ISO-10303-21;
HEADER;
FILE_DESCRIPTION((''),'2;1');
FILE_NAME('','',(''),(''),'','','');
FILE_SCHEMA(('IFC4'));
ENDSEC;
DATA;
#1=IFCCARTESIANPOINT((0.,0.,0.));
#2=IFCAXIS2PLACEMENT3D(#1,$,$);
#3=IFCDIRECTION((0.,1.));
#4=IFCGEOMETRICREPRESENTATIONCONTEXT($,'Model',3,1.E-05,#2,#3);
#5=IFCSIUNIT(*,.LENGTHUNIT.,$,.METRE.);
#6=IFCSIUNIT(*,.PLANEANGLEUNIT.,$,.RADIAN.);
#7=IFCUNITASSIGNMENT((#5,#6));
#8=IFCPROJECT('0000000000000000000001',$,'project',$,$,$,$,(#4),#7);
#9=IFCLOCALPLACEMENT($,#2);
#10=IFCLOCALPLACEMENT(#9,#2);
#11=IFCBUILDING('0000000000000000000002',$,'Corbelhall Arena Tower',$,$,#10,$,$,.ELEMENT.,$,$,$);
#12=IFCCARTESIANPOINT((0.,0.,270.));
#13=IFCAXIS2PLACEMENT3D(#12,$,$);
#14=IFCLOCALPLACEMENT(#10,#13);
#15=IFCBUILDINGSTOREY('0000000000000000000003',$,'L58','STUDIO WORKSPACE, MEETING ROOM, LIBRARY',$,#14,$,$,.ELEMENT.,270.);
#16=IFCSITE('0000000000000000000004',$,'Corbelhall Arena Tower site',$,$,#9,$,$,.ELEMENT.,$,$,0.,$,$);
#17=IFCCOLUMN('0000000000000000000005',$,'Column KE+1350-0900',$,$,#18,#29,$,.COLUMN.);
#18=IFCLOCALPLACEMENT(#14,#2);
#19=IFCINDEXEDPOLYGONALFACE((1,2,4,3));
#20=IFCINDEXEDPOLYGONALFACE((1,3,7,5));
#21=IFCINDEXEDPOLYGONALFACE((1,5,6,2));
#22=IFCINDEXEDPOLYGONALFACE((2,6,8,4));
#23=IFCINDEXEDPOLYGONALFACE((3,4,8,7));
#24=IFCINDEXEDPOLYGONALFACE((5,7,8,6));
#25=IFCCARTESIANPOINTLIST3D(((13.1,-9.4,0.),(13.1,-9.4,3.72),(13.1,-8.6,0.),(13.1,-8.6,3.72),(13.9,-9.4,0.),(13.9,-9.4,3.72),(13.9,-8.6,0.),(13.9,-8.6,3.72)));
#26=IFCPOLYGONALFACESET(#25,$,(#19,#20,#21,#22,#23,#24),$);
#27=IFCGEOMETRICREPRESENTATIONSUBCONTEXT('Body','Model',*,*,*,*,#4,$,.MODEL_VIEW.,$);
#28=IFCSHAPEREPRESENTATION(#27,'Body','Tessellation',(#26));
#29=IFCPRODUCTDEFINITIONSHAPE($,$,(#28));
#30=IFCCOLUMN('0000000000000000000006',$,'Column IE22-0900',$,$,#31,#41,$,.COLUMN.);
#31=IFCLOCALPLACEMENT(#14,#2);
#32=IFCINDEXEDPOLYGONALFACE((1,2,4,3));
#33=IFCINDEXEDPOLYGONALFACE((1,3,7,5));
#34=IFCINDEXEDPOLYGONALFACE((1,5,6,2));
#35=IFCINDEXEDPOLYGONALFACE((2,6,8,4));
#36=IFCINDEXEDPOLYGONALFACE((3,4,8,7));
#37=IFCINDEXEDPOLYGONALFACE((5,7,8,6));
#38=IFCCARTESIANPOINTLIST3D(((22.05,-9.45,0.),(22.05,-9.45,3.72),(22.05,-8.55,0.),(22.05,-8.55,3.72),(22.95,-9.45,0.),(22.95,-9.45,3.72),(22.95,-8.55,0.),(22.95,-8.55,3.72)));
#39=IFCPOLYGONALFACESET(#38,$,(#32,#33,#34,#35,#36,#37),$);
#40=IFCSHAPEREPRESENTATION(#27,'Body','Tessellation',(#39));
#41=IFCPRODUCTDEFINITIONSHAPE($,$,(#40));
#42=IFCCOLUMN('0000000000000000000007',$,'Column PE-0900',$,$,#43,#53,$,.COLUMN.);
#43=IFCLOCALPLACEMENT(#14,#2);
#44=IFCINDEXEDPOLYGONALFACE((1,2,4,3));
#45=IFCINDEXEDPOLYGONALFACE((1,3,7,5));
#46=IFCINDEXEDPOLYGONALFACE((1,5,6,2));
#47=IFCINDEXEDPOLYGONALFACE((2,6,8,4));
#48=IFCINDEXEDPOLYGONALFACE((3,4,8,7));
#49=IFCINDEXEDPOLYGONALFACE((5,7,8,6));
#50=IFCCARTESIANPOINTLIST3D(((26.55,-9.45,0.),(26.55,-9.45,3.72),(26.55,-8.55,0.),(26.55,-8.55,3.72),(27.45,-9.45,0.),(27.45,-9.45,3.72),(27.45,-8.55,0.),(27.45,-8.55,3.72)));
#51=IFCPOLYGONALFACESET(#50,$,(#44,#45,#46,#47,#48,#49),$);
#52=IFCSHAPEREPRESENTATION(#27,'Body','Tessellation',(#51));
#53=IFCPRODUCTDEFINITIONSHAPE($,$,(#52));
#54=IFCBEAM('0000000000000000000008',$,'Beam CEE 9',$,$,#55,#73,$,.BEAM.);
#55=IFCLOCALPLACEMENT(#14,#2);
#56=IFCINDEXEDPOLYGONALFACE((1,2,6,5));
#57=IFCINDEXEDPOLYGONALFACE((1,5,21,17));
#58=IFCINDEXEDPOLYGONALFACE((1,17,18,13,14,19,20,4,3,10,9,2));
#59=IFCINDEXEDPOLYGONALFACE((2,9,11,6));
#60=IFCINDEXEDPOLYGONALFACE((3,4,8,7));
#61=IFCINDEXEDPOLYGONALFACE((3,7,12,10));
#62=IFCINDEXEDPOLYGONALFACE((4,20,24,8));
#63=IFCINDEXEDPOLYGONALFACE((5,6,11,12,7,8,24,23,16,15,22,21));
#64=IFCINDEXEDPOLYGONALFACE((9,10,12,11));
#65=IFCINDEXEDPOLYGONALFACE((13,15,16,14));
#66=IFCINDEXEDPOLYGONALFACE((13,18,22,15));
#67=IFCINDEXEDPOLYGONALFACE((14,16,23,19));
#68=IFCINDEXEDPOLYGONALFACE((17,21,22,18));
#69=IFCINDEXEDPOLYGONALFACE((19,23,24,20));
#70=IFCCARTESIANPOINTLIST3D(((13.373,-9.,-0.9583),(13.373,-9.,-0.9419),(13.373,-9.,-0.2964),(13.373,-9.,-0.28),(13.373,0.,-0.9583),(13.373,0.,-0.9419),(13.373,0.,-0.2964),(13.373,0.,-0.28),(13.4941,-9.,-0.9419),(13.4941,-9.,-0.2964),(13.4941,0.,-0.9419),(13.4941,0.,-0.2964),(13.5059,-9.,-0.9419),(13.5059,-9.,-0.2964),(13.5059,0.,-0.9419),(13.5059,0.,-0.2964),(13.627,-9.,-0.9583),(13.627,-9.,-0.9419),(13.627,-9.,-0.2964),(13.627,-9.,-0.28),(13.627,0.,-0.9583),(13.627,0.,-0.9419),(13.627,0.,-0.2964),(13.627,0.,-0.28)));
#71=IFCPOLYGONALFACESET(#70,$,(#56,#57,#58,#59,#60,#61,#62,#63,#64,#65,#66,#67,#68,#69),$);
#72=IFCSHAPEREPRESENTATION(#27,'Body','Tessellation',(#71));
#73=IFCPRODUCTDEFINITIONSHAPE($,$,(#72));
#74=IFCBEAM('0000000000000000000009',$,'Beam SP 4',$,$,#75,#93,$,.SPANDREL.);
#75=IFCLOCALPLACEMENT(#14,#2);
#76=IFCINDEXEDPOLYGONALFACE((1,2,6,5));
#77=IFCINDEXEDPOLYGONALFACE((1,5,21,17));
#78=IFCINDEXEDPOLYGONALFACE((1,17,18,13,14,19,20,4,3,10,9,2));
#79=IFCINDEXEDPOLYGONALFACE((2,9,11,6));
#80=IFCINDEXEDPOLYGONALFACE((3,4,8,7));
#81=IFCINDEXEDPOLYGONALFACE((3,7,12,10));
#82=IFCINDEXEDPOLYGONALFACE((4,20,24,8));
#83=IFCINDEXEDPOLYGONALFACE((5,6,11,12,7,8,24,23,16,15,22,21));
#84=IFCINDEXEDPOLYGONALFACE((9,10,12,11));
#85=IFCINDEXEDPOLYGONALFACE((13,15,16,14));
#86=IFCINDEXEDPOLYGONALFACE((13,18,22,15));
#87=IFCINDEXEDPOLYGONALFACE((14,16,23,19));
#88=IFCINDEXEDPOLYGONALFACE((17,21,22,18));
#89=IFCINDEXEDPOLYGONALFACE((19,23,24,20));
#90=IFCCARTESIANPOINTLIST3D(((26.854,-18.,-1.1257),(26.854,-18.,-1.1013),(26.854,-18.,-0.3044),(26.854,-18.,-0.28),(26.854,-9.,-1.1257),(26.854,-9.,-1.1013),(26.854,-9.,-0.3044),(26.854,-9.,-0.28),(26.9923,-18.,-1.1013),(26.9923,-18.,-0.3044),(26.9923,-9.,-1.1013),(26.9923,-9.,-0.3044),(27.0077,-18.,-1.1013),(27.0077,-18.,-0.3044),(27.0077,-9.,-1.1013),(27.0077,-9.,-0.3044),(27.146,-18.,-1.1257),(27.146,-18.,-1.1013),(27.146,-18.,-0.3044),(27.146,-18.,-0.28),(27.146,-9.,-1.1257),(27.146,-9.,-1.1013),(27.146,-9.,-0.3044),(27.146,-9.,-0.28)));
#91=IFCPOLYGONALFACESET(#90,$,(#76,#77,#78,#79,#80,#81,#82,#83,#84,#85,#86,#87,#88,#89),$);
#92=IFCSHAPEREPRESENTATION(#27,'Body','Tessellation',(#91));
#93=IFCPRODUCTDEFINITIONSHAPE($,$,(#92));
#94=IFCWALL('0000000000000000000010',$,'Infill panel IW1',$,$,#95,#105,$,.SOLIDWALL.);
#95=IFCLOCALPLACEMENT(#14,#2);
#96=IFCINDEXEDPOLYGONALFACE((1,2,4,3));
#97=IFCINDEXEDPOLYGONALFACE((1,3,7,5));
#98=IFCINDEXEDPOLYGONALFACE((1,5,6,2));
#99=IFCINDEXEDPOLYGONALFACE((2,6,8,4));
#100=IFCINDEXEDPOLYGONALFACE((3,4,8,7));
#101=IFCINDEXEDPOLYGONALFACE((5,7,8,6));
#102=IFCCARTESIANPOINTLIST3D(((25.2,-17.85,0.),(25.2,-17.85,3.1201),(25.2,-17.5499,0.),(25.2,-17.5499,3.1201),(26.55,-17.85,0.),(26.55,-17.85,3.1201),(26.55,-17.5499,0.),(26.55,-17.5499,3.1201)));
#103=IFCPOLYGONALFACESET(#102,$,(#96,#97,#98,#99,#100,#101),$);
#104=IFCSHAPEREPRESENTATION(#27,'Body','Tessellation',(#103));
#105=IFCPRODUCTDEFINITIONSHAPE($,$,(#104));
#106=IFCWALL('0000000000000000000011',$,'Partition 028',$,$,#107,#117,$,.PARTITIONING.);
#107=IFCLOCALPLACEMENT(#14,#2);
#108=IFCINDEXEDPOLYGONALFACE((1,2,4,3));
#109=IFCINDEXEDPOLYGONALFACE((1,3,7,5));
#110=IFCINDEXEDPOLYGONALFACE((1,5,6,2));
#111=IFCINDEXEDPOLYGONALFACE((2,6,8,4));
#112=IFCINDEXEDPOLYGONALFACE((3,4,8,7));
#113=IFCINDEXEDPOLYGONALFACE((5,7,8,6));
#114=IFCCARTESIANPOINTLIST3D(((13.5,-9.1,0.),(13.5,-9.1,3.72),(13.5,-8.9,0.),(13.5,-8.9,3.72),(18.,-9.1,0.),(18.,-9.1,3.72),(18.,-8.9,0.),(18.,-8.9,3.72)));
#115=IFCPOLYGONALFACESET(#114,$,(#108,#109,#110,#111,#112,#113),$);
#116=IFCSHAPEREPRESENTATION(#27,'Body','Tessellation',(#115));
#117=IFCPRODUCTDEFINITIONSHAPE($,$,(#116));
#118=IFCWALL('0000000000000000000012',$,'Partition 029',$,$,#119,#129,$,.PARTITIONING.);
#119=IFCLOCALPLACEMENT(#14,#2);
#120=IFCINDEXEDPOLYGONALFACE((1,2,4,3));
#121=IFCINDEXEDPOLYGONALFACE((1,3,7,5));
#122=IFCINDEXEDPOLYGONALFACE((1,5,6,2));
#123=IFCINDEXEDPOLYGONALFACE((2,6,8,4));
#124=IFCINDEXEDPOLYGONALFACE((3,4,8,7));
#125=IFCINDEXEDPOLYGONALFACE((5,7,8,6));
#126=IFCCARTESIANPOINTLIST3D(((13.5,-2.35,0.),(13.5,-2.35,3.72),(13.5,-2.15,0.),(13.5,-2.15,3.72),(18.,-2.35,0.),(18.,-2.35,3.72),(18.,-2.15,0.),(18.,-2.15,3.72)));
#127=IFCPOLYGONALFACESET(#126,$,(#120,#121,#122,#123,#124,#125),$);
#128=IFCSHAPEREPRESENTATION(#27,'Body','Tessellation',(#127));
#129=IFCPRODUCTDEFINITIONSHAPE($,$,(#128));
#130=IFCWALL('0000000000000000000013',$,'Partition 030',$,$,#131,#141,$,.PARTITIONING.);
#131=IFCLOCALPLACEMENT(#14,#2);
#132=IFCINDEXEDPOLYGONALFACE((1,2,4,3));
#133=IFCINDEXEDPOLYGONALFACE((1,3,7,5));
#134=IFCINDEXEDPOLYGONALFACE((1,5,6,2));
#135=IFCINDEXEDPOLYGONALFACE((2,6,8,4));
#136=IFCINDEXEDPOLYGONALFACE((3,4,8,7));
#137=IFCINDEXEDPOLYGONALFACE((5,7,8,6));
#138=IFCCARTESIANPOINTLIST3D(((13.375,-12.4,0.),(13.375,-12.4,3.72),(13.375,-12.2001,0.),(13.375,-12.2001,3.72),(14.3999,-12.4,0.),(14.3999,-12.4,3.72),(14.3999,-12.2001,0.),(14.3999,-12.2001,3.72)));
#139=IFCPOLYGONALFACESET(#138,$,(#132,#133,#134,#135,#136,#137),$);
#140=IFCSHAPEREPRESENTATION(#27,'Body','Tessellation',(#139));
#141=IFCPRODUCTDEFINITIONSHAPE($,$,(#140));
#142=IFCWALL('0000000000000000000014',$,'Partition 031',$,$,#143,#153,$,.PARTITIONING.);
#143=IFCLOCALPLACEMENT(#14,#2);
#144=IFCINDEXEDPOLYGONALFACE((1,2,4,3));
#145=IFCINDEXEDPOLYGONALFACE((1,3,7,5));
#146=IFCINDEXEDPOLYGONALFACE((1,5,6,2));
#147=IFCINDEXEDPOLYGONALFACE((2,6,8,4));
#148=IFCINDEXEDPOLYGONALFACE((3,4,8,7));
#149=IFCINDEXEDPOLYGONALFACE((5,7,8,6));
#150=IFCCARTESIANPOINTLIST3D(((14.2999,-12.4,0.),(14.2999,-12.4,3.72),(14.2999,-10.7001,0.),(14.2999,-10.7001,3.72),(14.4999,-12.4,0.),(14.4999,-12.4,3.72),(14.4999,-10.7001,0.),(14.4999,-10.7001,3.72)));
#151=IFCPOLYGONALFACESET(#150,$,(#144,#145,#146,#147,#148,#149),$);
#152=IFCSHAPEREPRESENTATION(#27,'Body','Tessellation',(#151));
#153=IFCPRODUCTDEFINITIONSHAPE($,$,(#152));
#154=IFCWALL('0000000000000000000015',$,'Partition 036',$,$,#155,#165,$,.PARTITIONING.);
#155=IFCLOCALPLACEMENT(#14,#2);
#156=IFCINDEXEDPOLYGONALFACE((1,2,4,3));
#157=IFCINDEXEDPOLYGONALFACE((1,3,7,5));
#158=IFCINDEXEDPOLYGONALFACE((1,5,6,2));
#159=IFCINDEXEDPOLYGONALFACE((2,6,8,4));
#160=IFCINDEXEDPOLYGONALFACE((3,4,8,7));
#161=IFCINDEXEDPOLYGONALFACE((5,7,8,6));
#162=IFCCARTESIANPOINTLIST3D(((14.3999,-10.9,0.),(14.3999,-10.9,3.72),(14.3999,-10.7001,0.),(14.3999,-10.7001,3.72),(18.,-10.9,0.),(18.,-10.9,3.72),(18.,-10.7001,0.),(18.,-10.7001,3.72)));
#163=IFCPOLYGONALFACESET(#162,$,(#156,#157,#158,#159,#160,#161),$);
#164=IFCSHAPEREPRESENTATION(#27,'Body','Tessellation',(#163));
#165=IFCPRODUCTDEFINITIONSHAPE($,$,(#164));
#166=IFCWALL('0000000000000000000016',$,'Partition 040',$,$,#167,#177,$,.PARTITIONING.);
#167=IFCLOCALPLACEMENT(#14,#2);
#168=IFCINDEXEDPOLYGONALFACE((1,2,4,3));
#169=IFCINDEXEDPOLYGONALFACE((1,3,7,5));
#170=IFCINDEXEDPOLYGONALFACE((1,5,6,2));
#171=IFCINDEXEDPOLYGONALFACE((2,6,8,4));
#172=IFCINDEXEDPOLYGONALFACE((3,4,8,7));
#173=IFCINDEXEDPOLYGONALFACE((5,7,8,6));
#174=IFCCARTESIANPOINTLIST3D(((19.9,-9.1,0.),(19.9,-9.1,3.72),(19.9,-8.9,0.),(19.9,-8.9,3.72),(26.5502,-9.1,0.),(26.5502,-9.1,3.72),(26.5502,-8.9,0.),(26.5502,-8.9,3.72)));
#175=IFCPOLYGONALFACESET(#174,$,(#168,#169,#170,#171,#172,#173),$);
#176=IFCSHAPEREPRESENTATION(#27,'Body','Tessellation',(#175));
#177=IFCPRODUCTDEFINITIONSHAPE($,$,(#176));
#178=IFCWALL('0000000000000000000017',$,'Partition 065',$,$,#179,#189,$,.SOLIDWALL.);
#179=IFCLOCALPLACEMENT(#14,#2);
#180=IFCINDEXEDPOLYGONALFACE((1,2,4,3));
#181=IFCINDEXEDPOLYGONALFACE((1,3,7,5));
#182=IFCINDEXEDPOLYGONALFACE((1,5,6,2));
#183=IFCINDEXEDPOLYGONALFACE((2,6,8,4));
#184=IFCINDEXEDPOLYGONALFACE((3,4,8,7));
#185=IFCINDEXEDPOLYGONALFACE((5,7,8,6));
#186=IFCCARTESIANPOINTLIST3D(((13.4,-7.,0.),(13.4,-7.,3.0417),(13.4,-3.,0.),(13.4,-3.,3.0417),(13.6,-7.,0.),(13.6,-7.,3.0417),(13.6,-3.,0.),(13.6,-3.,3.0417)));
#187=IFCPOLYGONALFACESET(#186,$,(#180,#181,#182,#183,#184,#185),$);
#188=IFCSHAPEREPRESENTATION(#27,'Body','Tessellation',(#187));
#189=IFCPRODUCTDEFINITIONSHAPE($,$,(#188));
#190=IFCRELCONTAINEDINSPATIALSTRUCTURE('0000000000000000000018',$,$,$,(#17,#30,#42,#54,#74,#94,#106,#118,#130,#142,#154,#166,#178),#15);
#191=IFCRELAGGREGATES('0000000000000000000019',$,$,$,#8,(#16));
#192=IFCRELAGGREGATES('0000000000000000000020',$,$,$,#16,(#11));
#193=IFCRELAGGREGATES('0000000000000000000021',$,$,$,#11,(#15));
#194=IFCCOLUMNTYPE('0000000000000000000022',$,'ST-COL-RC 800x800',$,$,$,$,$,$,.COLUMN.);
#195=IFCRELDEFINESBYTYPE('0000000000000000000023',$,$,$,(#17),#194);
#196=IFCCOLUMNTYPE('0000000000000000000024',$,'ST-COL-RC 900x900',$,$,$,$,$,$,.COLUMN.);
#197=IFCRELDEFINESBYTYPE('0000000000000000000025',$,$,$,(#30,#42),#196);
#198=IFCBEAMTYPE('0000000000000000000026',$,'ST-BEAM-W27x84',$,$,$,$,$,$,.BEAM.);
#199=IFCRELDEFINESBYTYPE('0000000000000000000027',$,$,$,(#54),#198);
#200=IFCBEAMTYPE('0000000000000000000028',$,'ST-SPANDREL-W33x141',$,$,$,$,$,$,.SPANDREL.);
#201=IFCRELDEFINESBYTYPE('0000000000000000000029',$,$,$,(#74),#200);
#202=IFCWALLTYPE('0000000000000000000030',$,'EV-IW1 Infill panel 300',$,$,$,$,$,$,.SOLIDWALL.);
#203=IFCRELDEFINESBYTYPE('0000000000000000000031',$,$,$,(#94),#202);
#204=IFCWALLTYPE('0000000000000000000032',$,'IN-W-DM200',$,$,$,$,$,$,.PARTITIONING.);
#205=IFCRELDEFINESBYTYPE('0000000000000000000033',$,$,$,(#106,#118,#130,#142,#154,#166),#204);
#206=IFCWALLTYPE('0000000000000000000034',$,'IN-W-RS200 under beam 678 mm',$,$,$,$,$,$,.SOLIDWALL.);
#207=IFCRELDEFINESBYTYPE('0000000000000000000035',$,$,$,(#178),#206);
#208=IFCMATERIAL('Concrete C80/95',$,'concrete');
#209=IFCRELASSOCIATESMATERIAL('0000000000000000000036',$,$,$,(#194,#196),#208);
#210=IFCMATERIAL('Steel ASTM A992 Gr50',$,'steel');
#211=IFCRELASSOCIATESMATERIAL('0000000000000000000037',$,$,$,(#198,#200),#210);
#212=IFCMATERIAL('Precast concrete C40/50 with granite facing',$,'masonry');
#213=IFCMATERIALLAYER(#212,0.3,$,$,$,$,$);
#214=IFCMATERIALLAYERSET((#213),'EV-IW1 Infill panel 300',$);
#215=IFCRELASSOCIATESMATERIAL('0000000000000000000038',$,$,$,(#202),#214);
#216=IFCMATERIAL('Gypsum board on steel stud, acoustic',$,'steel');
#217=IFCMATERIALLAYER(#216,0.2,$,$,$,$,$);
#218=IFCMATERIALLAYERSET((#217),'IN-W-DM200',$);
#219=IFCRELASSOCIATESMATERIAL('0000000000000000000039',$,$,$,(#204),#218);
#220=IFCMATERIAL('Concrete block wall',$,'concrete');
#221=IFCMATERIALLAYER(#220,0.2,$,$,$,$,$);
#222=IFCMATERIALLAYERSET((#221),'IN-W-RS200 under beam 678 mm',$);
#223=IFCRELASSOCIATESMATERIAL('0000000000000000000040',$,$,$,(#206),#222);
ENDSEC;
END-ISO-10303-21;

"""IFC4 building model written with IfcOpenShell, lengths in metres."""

from ifc_helpers import new_model, si_unit, direction, frame, frame_2d, origin, origin_2d, place, context, subcontext, project, spatial, rectangle, i_section, extrude, material, layer, layer_set, material_profile, profile_set, type_object, element, save


model = new_model("IFC4")

# Units and contexts
model_context = context("Model", 3, precision=1e-05, world=origin(), true_north=direction((0.0, 1.0)))
body_context = subcontext(model_context, "Body", "Model", "MODEL_VIEW")
ifc_project = project(units=[si_unit("LENGTHUNIT", "METRE"), si_unit("PLANEANGLEUNIT", "RADIAN")], contexts=[model_context])

# Site, building, storey
site_placement = place(None, origin())
site = spatial("IfcSite", under=ifc_project, at=site_placement, Name="Corbelhall Arena Tower site", CompositionType="ELEMENT", RefElevation=0.0)
building_placement = place(site_placement, origin())
building = spatial("IfcBuilding", under=site, at=building_placement, Name="Corbelhall Arena Tower", CompositionType="ELEMENT")
storey_placement = place(building_placement, frame((0.0, 0.0, 270.0)))
storey = spatial("IfcBuildingStorey", under=building, at=storey_placement, Name="L58", Description="STUDIO WORKSPACE, MEETING ROOM, LIBRARY", CompositionType="ELEMENT", Elevation=270.0)

# Columns
ifc_material_1 = material(Name="Concrete C80/95", Category="concrete")
ifc_material_profile_1 = material_profile(ifc_material_1, rectangle(XDim=0.8, YDim=0.8, at=origin_2d()))
ifc_profile_set_1 = profile_set([ifc_material_profile_1], Name="Concrete C80/95")
column_type_1 = type_object("IfcColumnType", Name="ST-COL-RC 800x800", PredefinedType="COLUMN", material=ifc_profile_set_1)
column_placement = place(storey_placement, frame((13.5, -9.0, 0.0), z_axis=(0.0, 0.0, 1.0), x_axis=(1.0, 0.0, 0.0)))
element("IfcColumn", 1, at=column_placement, inside=storey, type_object=column_type_1, Name="Column KE+1350-0900", PredefinedType="COLUMN", context=body_context, shape_type="SweptSolid", body=[
    extrude(rectangle(XDim=0.8, YDim=0.8, at=origin_2d()), origin(), (0.0, 0.0, 1.0), 3.72),
])
ifc_material_profile_2 = material_profile(ifc_material_1, rectangle(XDim=0.8999, YDim=0.8999, at=origin_2d()))
ifc_profile_set_2 = profile_set([ifc_material_profile_2], Name="Concrete C80/95")
column_type_2 = type_object("IfcColumnType", Name="ST-COL-RC 900x900", PredefinedType="COLUMN", material=ifc_profile_set_2)
for number, where, z_axis, x_axis, name in (
    (2, (22.5, -9.0, 0.0), (0.0, 0.0, 1.0), (1.0, 0.0, 0.0), "Column IE22-0900"),
    (3, (27.0, -9.0, 0.0), (0.0, 0.0, 1.0), (0.0, 1.0, 0.0), "Column PE-0900"),
):
    element("IfcColumn", number, at=place(storey_placement, frame(where, z_axis=z_axis, x_axis=x_axis)), inside=storey, type_object=column_type_2, Name=name, PredefinedType="COLUMN", context=body_context, shape_type="SweptSolid", body=[
        extrude(rectangle(XDim=0.8999, YDim=0.8999, at=origin_2d()), origin(), (0.0, 0.0, 1.0), 3.72),
    ])

# Beams
ifc_material_2 = material(Name="Steel ASTM A992 Gr50", Category="steel")
ifc_material_profile_3 = material_profile(ifc_material_2, i_section(OverallWidth=0.2539, OverallDepth=0.6782, WebThickness=0.0117, FlangeThickness=0.0164, at=origin_2d()))
ifc_profile_set_3 = profile_set([ifc_material_profile_3], Name="Steel ASTM A992 Gr50")
beam_type_1 = type_object("IfcBeamType", Name="ST-BEAM-W27x84", PredefinedType="BEAM", material=ifc_profile_set_3)
beam_1_placement = place(storey_placement, frame((13.5, -9.0, -0.6191), z_axis=(0.0, 1.0, 0.0), x_axis=(-1.0, 0.0, 0.0)))
element("IfcBeam", 4, at=beam_1_placement, inside=storey, type_object=beam_type_1, Name="Beam CEE 9", PredefinedType="BEAM", context=body_context, shape_type="SweptSolid", body=[
    extrude(i_section(OverallWidth=0.2539, OverallDepth=0.6782, WebThickness=0.0117, FlangeThickness=0.0164, at=origin_2d()), origin(), (0.0, 0.0, 1.0), 9.0),
])
ifc_material_profile_4 = material_profile(ifc_material_2, i_section(OverallWidth=0.292, OverallDepth=0.8457, WebThickness=0.0154, FlangeThickness=0.0244, at=origin_2d()))
ifc_profile_set_4 = profile_set([ifc_material_profile_4], Name="Steel ASTM A992 Gr50")
beam_type_2 = type_object("IfcBeamType", Name="ST-SPANDREL-W33x141", PredefinedType="SPANDREL", material=ifc_profile_set_4)
beam_2_placement = place(storey_placement, frame((27.0, -9.0, -0.7029), z_axis=(0.0, -1.0, 0.0), x_axis=(1.0, 0.0, 0.0)))
element("IfcBeam", 5, at=beam_2_placement, inside=storey, type_object=beam_type_2, Name="Beam SP 4", PredefinedType="SPANDREL", context=body_context, shape_type="SweptSolid", body=[
    extrude(i_section(OverallWidth=0.292, OverallDepth=0.8457, WebThickness=0.0154, FlangeThickness=0.0244, at=origin_2d()), origin(), (0.0, 0.0, 1.0), 9.0),
])

# Wall
ifc_material_3 = material(Name="Precast concrete C40/50 with granite facing", Category="masonry")
ifc_layer_1 = layer(ifc_material_3, 0.3)
ifc_layer_set_1 = layer_set([ifc_layer_1], Name="EV-IW1 Infill panel 300")
wall_type_1 = type_object("IfcWallType", Name="EV-IW1 Infill panel 300", PredefinedType="SOLIDWALL", material=ifc_layer_set_1)
wall_1_placement = place(storey_placement, frame((25.2, -17.7, 0.0), z_axis=(0.0, 0.0, 1.0), x_axis=(1.0, 0.0, 0.0)))
element("IfcWall", 6, at=wall_1_placement, inside=storey, type_object=wall_type_1, Name="Infill panel IW1", PredefinedType="SOLIDWALL", context=body_context, shape_type="SweptSolid", body=[
    extrude(rectangle(XDim=1.3501, YDim=0.3, at=frame_2d((0.675, 0.0))), origin(), (0.0, 0.0, 1.0), 3.1201),
])

# Walls
ifc_material_4 = material(Name="Gypsum board on steel stud, acoustic", Category="steel")
ifc_layer_2 = layer(ifc_material_4, 0.2)
ifc_layer_set_2 = layer_set([ifc_layer_2], Name="IN-W-DM200")
wall_type_2 = type_object("IfcWallType", Name="IN-W-DM200", PredefinedType="PARTITIONING", material=ifc_layer_set_2)
for number, where, z_axis, x_axis, name in (
    (7, (13.5, -9.0, 0.0), (0.0, 0.0, 1.0), (1.0, 0.0, 0.0), "Partition 028"),
    (8, (13.5, -2.25, 0.0), (0.0, 0.0, 1.0), (1.0, 0.0, 0.0), "Partition 029"),
):
    element("IfcWall", number, at=place(storey_placement, frame(where, z_axis=z_axis, x_axis=x_axis)), inside=storey, type_object=wall_type_2, Name=name, PredefinedType="PARTITIONING", context=body_context, shape_type="SweptSolid", body=[
        extrude(rectangle(XDim=4.5, YDim=0.2, at=frame_2d((2.25, 0.0))), origin(), (0.0, 0.0, 1.0), 3.72),
    ])
wall_2_placement = place(storey_placement, frame((14.3999, -12.3, 0.0), z_axis=(0.0, 0.0, 1.0), x_axis=(-1.0, 0.0, 0.0)))
element("IfcWall", 9, at=wall_2_placement, inside=storey, type_object=wall_type_2, Name="Partition 030", PredefinedType="PARTITIONING", context=body_context, shape_type="SweptSolid", body=[
    extrude(rectangle(XDim=1.0249, YDim=0.2, at=frame_2d((0.5125, 0.0))), origin(), (0.0, 0.0, 1.0), 3.72),
])
wall_3_placement = place(storey_placement, frame((14.3999, -10.7, 0.0), z_axis=(0.0, 0.0, 1.0), x_axis=(0.0, -1.0, 0.0)))
element("IfcWall", 10, at=wall_3_placement, inside=storey, type_object=wall_type_2, Name="Partition 031", PredefinedType="PARTITIONING", context=body_context, shape_type="SweptSolid", body=[
    extrude(rectangle(XDim=1.7, YDim=0.2, at=frame_2d((0.8501, 0.0))), origin(), (0.0, 0.0, 1.0), 3.72),
])
wall_4_placement = place(storey_placement, frame((18.0, -10.8, 0.0), z_axis=(0.0, 0.0, 1.0), x_axis=(-1.0, 0.0, 0.0)))
element("IfcWall", 11, at=wall_4_placement, inside=storey, type_object=wall_type_2, Name="Partition 036", PredefinedType="PARTITIONING", context=body_context, shape_type="SweptSolid", body=[
    extrude(rectangle(XDim=3.6001, YDim=0.2, at=frame_2d((1.8, 0.0))), origin(), (0.0, 0.0, 1.0), 3.72),
])

# Walls
wall_5_placement = place(storey_placement, frame((19.8999, -9.0, 0.0), z_axis=(0.0, 0.0, 1.0), x_axis=(1.0, 0.0, 0.0)))
element("IfcWall", 12, at=wall_5_placement, inside=storey, type_object=wall_type_2, Name="Partition 040", PredefinedType="PARTITIONING", context=body_context, shape_type="SweptSolid", body=[
    extrude(rectangle(XDim=6.6501, YDim=0.2, at=frame_2d((3.3252, 0.0))), origin(), (0.0, 0.0, 1.0), 3.72),
])
ifc_material_5 = material(Name="Concrete block wall", Category="concrete")
ifc_layer_3 = layer(ifc_material_5, 0.2)
ifc_layer_set_3 = layer_set([ifc_layer_3], Name="IN-W-RS200 under beam 678 mm")
wall_type_3 = type_object("IfcWallType", Name="IN-W-RS200 under beam 678 mm", PredefinedType="SOLIDWALL", material=ifc_layer_set_3)
wall_6_placement = place(storey_placement, frame((13.5, -3.0, 0.0), z_axis=(0.0, 0.0, 1.0), x_axis=(0.0, -1.0, 0.0)))
element("IfcWall", 13, at=wall_6_placement, inside=storey, type_object=wall_type_3, Name="Partition 065", PredefinedType="SOLIDWALL", context=body_context, shape_type="SweptSolid", body=[
    extrude(rectangle(XDim=4.0, YDim=0.2, at=frame_2d((2.0, 0.0))), origin(), (0.0, 0.0, 1.0), 3.0417),
])

save(model, "model.ifc")
